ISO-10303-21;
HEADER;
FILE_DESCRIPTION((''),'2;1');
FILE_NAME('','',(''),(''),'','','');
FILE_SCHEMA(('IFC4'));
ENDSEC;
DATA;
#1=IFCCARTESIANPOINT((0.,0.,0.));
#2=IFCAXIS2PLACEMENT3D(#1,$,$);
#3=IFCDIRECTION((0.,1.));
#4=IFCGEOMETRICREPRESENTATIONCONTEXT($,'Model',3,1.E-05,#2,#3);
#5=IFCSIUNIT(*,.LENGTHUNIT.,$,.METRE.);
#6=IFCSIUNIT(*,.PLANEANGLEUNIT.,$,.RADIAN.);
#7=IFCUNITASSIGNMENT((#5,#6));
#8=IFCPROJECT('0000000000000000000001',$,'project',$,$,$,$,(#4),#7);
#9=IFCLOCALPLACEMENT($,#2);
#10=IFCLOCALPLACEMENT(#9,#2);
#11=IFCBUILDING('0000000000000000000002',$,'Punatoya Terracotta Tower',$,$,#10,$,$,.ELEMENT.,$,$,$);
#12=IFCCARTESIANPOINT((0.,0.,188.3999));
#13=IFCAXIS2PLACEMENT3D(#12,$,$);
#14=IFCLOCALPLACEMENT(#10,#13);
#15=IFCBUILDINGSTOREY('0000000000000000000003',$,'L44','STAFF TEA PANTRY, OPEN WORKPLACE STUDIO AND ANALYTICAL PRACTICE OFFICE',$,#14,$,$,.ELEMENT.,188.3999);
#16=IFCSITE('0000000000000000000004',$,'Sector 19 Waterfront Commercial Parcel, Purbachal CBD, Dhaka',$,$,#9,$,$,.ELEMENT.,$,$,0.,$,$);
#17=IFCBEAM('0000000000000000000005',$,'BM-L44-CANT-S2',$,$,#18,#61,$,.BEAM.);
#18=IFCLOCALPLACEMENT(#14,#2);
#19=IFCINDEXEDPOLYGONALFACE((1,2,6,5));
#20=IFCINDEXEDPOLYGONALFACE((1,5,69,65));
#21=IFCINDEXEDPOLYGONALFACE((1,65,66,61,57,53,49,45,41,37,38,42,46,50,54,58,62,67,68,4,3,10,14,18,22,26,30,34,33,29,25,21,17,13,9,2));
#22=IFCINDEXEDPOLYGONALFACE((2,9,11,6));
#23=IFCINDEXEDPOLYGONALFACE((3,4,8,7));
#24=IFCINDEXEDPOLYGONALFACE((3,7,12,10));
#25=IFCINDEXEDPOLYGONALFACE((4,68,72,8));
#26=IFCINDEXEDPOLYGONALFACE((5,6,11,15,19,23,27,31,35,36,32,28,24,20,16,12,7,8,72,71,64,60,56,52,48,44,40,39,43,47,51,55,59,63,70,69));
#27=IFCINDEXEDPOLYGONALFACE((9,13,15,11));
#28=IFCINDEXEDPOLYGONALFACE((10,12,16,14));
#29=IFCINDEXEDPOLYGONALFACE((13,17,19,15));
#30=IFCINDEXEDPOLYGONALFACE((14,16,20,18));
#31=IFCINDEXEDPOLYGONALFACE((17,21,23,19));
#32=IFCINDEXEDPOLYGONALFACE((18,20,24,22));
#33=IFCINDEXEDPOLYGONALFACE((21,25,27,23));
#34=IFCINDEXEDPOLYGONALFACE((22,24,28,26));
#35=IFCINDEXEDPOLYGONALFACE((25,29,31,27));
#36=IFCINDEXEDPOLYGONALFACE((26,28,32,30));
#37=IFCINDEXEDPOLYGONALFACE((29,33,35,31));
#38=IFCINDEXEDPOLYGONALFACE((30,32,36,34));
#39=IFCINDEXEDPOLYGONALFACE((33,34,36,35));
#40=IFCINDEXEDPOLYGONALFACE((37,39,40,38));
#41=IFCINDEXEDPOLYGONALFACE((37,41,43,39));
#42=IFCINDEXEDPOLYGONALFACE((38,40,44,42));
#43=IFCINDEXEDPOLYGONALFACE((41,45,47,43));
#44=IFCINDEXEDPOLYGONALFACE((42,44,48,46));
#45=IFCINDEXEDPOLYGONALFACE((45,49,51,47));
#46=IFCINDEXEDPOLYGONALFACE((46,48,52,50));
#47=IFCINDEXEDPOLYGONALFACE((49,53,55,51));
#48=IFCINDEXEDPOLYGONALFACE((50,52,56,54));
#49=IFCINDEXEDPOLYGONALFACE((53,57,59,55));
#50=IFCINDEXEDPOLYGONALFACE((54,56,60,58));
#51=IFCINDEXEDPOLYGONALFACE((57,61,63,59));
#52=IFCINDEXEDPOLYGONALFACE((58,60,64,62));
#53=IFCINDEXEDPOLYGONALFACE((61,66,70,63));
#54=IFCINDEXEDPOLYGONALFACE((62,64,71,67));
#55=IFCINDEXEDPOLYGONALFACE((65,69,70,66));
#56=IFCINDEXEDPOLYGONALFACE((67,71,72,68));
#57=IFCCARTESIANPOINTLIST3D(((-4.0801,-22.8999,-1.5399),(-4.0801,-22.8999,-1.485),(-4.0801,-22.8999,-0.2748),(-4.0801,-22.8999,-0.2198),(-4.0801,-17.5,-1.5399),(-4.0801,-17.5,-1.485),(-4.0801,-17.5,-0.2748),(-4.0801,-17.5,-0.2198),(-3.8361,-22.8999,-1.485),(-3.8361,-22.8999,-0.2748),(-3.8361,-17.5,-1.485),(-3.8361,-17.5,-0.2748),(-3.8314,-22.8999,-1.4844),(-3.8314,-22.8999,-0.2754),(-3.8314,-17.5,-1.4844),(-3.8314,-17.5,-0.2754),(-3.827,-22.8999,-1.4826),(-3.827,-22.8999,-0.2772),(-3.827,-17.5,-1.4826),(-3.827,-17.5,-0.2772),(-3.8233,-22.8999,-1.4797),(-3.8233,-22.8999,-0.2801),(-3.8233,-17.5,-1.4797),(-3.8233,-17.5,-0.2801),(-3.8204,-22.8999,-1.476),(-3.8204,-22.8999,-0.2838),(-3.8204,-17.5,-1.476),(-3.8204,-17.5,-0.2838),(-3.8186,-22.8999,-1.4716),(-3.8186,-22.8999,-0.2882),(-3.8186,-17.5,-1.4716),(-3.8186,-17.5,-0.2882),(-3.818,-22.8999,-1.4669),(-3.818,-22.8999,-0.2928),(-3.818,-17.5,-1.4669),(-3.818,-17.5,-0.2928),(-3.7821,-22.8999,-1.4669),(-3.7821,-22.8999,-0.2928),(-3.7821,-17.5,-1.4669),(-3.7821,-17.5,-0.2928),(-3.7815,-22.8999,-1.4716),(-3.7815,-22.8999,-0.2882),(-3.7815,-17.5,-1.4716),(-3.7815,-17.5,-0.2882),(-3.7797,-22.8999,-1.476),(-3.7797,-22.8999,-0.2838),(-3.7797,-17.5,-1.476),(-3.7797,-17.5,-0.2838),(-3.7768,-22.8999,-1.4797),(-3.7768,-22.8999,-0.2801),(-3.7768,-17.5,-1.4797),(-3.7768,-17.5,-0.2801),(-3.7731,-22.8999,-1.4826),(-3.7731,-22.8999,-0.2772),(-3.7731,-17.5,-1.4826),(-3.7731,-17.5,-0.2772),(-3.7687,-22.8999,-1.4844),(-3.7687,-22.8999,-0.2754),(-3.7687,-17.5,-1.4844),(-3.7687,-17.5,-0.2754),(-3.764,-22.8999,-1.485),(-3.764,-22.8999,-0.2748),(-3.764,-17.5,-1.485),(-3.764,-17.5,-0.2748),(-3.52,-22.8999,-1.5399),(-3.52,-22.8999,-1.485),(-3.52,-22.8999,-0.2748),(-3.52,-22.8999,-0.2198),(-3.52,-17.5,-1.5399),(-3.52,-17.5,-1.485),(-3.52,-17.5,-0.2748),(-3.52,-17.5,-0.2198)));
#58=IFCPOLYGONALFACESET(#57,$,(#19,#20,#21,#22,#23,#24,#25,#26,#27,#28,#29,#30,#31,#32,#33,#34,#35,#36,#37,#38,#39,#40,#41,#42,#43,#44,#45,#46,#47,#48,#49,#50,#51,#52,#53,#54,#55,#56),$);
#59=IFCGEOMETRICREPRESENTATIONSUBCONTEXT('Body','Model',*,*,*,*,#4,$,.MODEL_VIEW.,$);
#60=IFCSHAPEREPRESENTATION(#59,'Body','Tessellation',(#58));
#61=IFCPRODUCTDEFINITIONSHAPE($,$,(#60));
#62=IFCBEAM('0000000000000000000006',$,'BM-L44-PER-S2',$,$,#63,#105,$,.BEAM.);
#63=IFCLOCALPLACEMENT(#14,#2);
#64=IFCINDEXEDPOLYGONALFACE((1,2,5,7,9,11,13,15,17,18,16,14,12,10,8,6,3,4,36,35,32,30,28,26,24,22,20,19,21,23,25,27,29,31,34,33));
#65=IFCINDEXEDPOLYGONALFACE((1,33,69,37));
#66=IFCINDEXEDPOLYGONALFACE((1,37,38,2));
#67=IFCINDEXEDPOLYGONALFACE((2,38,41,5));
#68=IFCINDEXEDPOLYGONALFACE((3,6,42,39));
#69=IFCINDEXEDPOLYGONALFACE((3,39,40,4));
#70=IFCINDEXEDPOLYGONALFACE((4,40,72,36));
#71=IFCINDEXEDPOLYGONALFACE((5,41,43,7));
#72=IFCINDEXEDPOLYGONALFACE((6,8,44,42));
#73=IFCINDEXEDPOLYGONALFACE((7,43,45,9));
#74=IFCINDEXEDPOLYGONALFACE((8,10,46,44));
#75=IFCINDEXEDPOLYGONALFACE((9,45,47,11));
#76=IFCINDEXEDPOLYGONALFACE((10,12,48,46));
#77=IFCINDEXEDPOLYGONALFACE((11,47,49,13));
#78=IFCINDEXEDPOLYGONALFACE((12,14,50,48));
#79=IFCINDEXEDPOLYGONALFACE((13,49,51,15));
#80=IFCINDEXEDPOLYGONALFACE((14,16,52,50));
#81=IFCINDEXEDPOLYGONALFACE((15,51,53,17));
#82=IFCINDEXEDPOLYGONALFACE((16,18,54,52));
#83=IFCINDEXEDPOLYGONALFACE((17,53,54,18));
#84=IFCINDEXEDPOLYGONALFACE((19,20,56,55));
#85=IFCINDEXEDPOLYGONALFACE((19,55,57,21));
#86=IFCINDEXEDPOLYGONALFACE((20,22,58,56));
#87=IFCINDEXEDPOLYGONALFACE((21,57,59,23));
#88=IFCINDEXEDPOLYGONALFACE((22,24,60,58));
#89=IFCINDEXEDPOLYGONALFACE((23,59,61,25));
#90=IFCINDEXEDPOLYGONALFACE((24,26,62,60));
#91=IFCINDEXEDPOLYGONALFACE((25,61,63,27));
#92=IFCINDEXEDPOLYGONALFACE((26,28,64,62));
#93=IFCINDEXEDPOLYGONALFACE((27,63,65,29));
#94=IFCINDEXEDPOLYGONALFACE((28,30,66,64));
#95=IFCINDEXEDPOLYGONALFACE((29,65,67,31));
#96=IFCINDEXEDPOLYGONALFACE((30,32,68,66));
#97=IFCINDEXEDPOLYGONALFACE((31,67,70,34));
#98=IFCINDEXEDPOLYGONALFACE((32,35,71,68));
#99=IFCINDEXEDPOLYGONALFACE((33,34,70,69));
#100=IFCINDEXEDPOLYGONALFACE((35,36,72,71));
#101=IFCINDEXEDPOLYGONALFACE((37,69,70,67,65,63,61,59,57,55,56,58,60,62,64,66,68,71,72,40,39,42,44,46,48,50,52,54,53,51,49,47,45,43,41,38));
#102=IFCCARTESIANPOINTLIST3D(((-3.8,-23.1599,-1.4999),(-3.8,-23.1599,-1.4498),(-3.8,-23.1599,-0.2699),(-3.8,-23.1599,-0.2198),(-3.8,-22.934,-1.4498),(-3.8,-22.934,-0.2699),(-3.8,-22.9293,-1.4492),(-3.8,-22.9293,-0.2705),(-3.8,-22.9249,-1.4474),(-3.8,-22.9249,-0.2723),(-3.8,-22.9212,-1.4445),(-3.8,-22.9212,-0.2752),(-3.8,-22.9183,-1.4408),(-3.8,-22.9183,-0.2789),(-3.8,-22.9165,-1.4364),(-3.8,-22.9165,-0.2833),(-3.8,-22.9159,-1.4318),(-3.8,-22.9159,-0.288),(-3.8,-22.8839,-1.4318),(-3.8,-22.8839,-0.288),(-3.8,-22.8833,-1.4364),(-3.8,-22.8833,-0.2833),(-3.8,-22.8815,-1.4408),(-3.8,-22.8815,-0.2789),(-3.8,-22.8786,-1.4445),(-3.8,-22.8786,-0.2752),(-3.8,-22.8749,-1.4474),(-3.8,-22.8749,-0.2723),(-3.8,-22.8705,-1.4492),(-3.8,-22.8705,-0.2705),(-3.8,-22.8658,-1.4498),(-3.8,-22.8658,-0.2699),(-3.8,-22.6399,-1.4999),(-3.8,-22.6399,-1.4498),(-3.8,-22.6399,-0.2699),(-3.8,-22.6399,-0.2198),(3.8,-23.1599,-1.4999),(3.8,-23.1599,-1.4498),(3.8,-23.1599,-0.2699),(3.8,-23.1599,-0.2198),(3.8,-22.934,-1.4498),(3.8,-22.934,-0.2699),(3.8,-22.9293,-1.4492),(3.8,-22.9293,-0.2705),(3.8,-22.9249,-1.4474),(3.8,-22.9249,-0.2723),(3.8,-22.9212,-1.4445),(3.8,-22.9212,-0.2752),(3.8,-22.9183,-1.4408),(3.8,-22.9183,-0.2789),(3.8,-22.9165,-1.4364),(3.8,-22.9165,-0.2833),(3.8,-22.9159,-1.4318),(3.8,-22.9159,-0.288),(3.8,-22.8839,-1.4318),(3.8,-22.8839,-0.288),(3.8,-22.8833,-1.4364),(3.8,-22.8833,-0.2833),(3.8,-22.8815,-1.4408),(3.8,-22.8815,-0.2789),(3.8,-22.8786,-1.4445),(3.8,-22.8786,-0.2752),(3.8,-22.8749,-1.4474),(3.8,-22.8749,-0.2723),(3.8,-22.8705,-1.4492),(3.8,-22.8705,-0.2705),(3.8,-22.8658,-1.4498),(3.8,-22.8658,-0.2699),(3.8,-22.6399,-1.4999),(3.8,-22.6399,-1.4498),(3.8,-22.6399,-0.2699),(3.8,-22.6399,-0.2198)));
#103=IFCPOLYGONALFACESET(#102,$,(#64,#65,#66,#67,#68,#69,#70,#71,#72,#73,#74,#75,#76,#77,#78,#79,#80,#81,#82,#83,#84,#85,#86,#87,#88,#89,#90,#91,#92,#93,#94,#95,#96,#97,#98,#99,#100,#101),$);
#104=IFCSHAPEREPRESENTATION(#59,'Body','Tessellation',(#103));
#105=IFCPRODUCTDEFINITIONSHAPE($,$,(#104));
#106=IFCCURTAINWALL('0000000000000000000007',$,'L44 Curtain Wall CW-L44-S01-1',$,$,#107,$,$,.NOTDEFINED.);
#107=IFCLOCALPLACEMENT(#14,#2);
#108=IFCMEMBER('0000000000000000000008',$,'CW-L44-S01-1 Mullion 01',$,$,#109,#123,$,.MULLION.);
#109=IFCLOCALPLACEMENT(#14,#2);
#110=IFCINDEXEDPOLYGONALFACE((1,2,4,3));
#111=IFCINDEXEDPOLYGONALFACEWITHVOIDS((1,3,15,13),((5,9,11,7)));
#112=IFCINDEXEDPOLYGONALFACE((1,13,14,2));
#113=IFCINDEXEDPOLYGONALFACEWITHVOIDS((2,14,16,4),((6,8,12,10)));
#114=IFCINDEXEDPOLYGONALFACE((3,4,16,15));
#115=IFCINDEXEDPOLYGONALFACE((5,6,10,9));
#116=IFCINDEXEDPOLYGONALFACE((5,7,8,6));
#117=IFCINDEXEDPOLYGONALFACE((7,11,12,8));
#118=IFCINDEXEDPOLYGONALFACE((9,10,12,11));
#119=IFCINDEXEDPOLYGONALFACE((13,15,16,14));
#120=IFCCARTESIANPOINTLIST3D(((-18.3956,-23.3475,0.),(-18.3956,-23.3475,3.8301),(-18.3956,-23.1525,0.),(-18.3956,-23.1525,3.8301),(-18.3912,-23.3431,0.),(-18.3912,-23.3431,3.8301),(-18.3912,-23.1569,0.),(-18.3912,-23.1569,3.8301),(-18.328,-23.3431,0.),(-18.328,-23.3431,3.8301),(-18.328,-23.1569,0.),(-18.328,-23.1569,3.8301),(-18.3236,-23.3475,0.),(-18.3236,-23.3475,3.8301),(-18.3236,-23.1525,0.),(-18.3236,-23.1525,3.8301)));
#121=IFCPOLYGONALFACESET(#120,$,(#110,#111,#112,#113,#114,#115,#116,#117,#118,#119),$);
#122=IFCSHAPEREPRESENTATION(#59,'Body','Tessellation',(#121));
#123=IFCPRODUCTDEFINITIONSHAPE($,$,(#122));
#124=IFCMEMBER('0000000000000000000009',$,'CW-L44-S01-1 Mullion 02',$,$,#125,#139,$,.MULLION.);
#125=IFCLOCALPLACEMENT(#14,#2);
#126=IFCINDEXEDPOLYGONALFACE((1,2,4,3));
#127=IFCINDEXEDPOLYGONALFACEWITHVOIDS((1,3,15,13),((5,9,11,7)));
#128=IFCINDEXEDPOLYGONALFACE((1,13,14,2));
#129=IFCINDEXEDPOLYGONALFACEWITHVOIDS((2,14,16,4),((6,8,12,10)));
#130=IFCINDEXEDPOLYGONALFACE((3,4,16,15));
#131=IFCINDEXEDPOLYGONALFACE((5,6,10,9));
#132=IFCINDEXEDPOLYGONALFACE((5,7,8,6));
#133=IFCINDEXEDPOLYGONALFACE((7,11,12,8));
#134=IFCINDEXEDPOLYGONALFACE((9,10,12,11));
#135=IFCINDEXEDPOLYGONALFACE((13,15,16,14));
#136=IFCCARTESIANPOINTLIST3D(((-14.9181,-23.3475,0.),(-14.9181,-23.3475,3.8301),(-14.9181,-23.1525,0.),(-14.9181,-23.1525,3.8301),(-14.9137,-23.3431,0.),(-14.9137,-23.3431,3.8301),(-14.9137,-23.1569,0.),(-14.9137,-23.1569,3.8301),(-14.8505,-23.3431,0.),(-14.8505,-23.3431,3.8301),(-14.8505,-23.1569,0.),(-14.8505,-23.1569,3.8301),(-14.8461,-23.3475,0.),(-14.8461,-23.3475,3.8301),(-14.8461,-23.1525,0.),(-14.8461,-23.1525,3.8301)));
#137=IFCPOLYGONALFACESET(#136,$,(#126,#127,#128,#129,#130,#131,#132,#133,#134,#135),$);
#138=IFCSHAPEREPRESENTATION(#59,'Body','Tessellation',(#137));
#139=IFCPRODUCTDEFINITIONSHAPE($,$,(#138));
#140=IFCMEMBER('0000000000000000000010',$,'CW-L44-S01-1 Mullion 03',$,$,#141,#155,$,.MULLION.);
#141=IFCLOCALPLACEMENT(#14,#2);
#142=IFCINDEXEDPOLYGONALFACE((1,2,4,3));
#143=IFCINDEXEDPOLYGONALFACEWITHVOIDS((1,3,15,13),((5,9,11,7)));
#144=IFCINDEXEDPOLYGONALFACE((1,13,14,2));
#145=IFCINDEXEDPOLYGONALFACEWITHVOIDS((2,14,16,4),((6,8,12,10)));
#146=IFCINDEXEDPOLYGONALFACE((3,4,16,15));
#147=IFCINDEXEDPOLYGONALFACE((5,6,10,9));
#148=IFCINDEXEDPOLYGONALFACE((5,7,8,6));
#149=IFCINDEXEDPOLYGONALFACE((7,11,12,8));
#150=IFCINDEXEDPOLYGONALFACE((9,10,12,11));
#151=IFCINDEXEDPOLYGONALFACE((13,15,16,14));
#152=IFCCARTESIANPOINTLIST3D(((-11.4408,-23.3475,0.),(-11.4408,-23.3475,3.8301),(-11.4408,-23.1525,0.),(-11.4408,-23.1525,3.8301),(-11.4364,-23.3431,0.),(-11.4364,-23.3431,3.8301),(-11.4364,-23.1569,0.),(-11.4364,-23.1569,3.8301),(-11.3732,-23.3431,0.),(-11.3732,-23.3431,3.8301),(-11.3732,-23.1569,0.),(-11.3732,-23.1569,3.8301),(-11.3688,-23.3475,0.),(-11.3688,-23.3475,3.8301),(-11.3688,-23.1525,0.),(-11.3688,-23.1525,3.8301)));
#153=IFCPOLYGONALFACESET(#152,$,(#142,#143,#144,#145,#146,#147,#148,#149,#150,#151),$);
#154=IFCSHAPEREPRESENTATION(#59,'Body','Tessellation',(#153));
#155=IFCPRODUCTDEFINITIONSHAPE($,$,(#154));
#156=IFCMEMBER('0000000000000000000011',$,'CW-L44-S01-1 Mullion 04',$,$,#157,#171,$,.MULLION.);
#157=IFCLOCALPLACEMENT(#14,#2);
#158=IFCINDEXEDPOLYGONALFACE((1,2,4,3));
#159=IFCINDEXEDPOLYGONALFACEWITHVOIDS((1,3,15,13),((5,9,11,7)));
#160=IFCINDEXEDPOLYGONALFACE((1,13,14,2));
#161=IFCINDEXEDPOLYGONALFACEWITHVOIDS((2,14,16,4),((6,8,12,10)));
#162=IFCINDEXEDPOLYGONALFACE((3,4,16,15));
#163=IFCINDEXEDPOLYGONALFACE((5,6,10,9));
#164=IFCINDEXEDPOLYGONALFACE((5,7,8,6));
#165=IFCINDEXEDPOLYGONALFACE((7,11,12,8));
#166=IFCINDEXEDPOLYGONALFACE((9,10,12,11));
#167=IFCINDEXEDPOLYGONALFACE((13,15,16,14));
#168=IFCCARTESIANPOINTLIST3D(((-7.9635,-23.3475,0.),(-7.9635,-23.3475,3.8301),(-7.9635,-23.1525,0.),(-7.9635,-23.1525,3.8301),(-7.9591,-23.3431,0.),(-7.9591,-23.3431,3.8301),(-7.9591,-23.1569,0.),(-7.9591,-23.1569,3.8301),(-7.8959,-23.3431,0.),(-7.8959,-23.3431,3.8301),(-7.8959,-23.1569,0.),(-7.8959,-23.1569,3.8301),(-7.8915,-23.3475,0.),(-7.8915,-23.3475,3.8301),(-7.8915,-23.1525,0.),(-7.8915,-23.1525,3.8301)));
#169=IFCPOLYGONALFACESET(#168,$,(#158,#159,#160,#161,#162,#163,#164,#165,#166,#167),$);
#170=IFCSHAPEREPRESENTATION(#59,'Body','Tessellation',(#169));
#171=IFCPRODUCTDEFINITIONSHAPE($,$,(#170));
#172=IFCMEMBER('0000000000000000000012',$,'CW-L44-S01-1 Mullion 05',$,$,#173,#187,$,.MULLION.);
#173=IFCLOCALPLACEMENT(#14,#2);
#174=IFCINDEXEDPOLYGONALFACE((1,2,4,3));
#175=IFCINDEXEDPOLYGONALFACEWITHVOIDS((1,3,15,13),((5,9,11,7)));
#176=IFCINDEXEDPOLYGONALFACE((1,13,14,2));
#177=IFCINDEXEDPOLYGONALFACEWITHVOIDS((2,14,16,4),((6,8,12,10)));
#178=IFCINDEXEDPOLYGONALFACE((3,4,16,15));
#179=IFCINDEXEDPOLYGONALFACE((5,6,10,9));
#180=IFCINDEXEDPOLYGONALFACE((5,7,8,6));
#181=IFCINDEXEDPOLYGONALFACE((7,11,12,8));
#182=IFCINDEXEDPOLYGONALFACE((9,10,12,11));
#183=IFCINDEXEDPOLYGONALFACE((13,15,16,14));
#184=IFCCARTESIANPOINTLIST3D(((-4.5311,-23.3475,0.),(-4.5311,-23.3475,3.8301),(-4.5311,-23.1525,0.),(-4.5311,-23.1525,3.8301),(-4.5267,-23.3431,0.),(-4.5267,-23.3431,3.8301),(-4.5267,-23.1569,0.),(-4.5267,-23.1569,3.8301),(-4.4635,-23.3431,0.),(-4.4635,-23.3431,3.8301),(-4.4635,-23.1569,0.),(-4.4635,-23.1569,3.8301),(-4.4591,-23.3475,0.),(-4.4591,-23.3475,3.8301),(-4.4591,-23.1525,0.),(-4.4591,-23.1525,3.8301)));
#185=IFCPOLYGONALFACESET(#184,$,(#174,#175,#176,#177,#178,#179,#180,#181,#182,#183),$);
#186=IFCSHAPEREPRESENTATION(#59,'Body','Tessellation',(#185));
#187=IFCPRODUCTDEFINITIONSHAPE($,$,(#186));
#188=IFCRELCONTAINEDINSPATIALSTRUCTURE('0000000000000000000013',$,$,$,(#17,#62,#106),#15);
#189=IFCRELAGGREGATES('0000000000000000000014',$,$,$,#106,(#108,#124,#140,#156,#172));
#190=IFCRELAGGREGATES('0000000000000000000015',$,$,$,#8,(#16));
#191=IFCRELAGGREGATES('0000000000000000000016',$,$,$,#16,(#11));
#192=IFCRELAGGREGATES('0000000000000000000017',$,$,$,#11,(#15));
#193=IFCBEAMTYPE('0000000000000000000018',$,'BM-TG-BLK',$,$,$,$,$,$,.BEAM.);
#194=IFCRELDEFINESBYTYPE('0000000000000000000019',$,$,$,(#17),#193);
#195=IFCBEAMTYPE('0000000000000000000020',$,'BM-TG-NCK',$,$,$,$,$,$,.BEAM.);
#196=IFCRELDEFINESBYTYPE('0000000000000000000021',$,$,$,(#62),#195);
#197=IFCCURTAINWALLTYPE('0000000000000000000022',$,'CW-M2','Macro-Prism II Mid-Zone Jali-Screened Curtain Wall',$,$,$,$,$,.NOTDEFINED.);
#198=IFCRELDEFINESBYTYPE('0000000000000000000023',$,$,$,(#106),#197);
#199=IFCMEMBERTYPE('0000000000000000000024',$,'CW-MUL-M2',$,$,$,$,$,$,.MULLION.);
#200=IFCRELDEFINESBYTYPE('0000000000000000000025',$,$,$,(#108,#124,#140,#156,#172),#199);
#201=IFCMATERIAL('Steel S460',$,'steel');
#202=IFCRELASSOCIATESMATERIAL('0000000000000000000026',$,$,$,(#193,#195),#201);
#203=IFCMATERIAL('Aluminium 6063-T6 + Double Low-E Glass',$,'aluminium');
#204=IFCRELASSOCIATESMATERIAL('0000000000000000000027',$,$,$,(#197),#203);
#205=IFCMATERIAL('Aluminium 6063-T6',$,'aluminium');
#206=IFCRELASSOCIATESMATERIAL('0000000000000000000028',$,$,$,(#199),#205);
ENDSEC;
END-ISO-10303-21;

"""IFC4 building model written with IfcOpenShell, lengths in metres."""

from ifc_helpers import new_model, si_unit, direction, frame, origin, origin_2d, place, context, subcontext, project, spatial, hollow_rectangle, i_section, extrude, material, material_profile, profile_set, type_object, element, aggregate, save


model = new_model("IFC4")

# Units and contexts
model_context = context("Model", 3, precision=1e-05, world=origin(), true_north=direction((0.0, 1.0)))
body_context = subcontext(model_context, "Body", "Model", "MODEL_VIEW")
ifc_project = project(units=[si_unit("LENGTHUNIT", "METRE"), si_unit("PLANEANGLEUNIT", "RADIAN")], contexts=[model_context])

# Site, building, storey
site_placement = place(None, origin())
site = spatial("IfcSite", under=ifc_project, at=site_placement, Name="Sector 19 Waterfront Commercial Parcel, Purbachal CBD, Dhaka", CompositionType="ELEMENT", RefElevation=0.0)
building_placement = place(site_placement, origin())
building = spatial("IfcBuilding", under=site, at=building_placement, Name="Punatoya Terracotta Tower", CompositionType="ELEMENT")
storey_placement = place(building_placement, frame((0.0, 0.0, 188.3999)))
storey = spatial("IfcBuildingStorey", under=building, at=storey_placement, Name="L44", Description="STAFF TEA PANTRY, OPEN WORKPLACE STUDIO AND ANALYTICAL PRACTICE OFFICE", CompositionType="ELEMENT", Elevation=188.3999)

# Shared definitions
ifc_material_1 = material(Name="Steel S460", Category="steel")

# Beams
ifc_material_profile_1 = material_profile(ifc_material_1, i_section(OverallWidth=0.5601, OverallDepth=1.3201, WebThickness=0.0359, FlangeThickness=0.0549, FilletRadius=0.0181, at=origin_2d()))
ifc_profile_set_1 = profile_set([ifc_material_profile_1], Name="Steel S460")
beam_type_1 = type_object("IfcBeamType", Name="BM-TG-BLK", PredefinedType="BEAM", material=ifc_profile_set_1)
beam_1_placement = place(storey_placement, frame((-3.8, -22.8999, -0.8799), z_axis=(0.0, 1.0, 0.0), x_axis=(-1.0, 0.0, 0.0)))
element("IfcBeam", 1, at=beam_1_placement, inside=storey, type_object=beam_type_1, Name="BM-L44-CANT-S2", PredefinedType="BEAM", context=body_context, shape_type="SweptSolid", body=[
    extrude(i_section(OverallWidth=0.5601, OverallDepth=1.3201, WebThickness=0.0359, FlangeThickness=0.0549, FilletRadius=0.0181, at=origin_2d()), origin(), (0.0, 0.0, 1.0), 5.3999),
])
ifc_material_profile_2 = material_profile(ifc_material_1, i_section(OverallWidth=0.52, OverallDepth=1.28, WebThickness=0.032, FlangeThickness=0.05, FilletRadius=0.0181, at=origin_2d()))
ifc_profile_set_2 = profile_set([ifc_material_profile_2], Name="Steel S460")
beam_type_2 = type_object("IfcBeamType", Name="BM-TG-NCK", PredefinedType="BEAM", material=ifc_profile_set_2)
beam_2_placement = place(storey_placement, frame((-3.8, -22.8999, -0.8599), z_axis=(1.0, 0.0, 0.0), x_axis=(0.0, 1.0, 0.0)))
element("IfcBeam", 2, at=beam_2_placement, inside=storey, type_object=beam_type_2, Name="BM-L44-PER-S2", PredefinedType="BEAM", context=body_context, shape_type="SweptSolid", body=[
    extrude(i_section(OverallWidth=0.52, OverallDepth=1.28, WebThickness=0.032, FlangeThickness=0.05, FilletRadius=0.0181, at=origin_2d()), origin(), (0.0, 0.0, 1.0), 7.6001),
])

# Curtain wall, members
ifc_material_2 = material(Name="Aluminium 6063-T6 + Double Low-E Glass", Category="aluminium")
curtain_wall_type = type_object("IfcCurtainWallType", Name="CW-M2", Description="Macro-Prism II Mid-Zone Jali-Screened Curtain Wall", PredefinedType="NOTDEFINED", material=ifc_material_2)
curtain_wall_placement = place(storey_placement, origin())
curtain_wall = element("IfcCurtainWall", 3, at=curtain_wall_placement, inside=storey, type_object=curtain_wall_type, Name="L44 Curtain Wall CW-L44-S01-1", PredefinedType="NOTDEFINED")
ifc_material_3 = material(Name="Aluminium 6063-T6", Category="aluminium")
ifc_material_profile_3 = material_profile(ifc_material_3, hollow_rectangle(XDim=0.072, YDim=0.1951, WallThickness=0.0044, at=origin_2d()))
ifc_profile_set_3 = profile_set([ifc_material_profile_3], Name="Aluminium 6063-T6")
member_type_1 = type_object("IfcMemberType", Name="CW-MUL-M2", PredefinedType="MULLION", material=ifc_profile_set_3)
member_1_placement = place(storey_placement, frame((-18.3596, -23.25, 0.0), z_axis=(0.0, 0.0, 1.0), x_axis=(1.0, 0.0, 0.0)))
member_1 = element("IfcMember", 4, at=member_1_placement, type_object=member_type_1, Name="CW-L44-S01-1 Mullion 01", PredefinedType="MULLION", context=body_context, shape_type="SweptSolid", body=[
    extrude(hollow_rectangle(XDim=0.072, YDim=0.1951, WallThickness=0.0044, at=origin_2d()), origin(), (0.0, 0.0, 1.0), 3.8301),
])
member_2_placement = place(storey_placement, frame((-14.8821, -23.25, 0.0), z_axis=(0.0, 0.0, 1.0), x_axis=(1.0, 0.0, 0.0)))
member_2 = element("IfcMember", 5, at=member_2_placement, type_object=member_type_1, Name="CW-L44-S01-1 Mullion 02", PredefinedType="MULLION", context=body_context, shape_type="SweptSolid", body=[
    extrude(hollow_rectangle(XDim=0.072, YDim=0.1951, WallThickness=0.0044, at=origin_2d()), origin(), (0.0, 0.0, 1.0), 3.8301),
])
member_3_placement = place(storey_placement, frame((-11.4048, -23.25, 0.0), z_axis=(0.0, 0.0, 1.0), x_axis=(1.0, 0.0, 0.0)))
member_3 = element("IfcMember", 6, at=member_3_placement, type_object=member_type_1, Name="CW-L44-S01-1 Mullion 03", PredefinedType="MULLION", context=body_context, shape_type="SweptSolid", body=[
    extrude(hollow_rectangle(XDim=0.072, YDim=0.1951, WallThickness=0.0044, at=origin_2d()), origin(), (0.0, 0.0, 1.0), 3.8301),
])
member_4_placement = place(storey_placement, frame((-7.9275, -23.25, 0.0), z_axis=(0.0, 0.0, 1.0), x_axis=(1.0, 0.0, 0.0)))
member_4 = element("IfcMember", 7, at=member_4_placement, type_object=member_type_1, Name="CW-L44-S01-1 Mullion 04", PredefinedType="MULLION", context=body_context, shape_type="SweptSolid", body=[
    extrude(hollow_rectangle(XDim=0.072, YDim=0.1951, WallThickness=0.0044, at=origin_2d()), origin(), (0.0, 0.0, 1.0), 3.8301),
])
member_5_placement = place(storey_placement, frame((-4.4951, -23.25, 0.0), z_axis=(0.0, 0.0, 1.0), x_axis=(1.0, 0.0, 0.0)))
member_5 = element("IfcMember", 8, at=member_5_placement, type_object=member_type_1, Name="CW-L44-S01-1 Mullion 05", PredefinedType="MULLION", context=body_context, shape_type="SweptSolid", body=[
    extrude(hollow_rectangle(XDim=0.072, YDim=0.1951, WallThickness=0.0044, at=origin_2d()), origin(), (0.0, 0.0, 1.0), 3.8301),
])

aggregate(curtain_wall, [member_1, member_2, member_3, member_4, member_5])

save(model, "model.ifc")
